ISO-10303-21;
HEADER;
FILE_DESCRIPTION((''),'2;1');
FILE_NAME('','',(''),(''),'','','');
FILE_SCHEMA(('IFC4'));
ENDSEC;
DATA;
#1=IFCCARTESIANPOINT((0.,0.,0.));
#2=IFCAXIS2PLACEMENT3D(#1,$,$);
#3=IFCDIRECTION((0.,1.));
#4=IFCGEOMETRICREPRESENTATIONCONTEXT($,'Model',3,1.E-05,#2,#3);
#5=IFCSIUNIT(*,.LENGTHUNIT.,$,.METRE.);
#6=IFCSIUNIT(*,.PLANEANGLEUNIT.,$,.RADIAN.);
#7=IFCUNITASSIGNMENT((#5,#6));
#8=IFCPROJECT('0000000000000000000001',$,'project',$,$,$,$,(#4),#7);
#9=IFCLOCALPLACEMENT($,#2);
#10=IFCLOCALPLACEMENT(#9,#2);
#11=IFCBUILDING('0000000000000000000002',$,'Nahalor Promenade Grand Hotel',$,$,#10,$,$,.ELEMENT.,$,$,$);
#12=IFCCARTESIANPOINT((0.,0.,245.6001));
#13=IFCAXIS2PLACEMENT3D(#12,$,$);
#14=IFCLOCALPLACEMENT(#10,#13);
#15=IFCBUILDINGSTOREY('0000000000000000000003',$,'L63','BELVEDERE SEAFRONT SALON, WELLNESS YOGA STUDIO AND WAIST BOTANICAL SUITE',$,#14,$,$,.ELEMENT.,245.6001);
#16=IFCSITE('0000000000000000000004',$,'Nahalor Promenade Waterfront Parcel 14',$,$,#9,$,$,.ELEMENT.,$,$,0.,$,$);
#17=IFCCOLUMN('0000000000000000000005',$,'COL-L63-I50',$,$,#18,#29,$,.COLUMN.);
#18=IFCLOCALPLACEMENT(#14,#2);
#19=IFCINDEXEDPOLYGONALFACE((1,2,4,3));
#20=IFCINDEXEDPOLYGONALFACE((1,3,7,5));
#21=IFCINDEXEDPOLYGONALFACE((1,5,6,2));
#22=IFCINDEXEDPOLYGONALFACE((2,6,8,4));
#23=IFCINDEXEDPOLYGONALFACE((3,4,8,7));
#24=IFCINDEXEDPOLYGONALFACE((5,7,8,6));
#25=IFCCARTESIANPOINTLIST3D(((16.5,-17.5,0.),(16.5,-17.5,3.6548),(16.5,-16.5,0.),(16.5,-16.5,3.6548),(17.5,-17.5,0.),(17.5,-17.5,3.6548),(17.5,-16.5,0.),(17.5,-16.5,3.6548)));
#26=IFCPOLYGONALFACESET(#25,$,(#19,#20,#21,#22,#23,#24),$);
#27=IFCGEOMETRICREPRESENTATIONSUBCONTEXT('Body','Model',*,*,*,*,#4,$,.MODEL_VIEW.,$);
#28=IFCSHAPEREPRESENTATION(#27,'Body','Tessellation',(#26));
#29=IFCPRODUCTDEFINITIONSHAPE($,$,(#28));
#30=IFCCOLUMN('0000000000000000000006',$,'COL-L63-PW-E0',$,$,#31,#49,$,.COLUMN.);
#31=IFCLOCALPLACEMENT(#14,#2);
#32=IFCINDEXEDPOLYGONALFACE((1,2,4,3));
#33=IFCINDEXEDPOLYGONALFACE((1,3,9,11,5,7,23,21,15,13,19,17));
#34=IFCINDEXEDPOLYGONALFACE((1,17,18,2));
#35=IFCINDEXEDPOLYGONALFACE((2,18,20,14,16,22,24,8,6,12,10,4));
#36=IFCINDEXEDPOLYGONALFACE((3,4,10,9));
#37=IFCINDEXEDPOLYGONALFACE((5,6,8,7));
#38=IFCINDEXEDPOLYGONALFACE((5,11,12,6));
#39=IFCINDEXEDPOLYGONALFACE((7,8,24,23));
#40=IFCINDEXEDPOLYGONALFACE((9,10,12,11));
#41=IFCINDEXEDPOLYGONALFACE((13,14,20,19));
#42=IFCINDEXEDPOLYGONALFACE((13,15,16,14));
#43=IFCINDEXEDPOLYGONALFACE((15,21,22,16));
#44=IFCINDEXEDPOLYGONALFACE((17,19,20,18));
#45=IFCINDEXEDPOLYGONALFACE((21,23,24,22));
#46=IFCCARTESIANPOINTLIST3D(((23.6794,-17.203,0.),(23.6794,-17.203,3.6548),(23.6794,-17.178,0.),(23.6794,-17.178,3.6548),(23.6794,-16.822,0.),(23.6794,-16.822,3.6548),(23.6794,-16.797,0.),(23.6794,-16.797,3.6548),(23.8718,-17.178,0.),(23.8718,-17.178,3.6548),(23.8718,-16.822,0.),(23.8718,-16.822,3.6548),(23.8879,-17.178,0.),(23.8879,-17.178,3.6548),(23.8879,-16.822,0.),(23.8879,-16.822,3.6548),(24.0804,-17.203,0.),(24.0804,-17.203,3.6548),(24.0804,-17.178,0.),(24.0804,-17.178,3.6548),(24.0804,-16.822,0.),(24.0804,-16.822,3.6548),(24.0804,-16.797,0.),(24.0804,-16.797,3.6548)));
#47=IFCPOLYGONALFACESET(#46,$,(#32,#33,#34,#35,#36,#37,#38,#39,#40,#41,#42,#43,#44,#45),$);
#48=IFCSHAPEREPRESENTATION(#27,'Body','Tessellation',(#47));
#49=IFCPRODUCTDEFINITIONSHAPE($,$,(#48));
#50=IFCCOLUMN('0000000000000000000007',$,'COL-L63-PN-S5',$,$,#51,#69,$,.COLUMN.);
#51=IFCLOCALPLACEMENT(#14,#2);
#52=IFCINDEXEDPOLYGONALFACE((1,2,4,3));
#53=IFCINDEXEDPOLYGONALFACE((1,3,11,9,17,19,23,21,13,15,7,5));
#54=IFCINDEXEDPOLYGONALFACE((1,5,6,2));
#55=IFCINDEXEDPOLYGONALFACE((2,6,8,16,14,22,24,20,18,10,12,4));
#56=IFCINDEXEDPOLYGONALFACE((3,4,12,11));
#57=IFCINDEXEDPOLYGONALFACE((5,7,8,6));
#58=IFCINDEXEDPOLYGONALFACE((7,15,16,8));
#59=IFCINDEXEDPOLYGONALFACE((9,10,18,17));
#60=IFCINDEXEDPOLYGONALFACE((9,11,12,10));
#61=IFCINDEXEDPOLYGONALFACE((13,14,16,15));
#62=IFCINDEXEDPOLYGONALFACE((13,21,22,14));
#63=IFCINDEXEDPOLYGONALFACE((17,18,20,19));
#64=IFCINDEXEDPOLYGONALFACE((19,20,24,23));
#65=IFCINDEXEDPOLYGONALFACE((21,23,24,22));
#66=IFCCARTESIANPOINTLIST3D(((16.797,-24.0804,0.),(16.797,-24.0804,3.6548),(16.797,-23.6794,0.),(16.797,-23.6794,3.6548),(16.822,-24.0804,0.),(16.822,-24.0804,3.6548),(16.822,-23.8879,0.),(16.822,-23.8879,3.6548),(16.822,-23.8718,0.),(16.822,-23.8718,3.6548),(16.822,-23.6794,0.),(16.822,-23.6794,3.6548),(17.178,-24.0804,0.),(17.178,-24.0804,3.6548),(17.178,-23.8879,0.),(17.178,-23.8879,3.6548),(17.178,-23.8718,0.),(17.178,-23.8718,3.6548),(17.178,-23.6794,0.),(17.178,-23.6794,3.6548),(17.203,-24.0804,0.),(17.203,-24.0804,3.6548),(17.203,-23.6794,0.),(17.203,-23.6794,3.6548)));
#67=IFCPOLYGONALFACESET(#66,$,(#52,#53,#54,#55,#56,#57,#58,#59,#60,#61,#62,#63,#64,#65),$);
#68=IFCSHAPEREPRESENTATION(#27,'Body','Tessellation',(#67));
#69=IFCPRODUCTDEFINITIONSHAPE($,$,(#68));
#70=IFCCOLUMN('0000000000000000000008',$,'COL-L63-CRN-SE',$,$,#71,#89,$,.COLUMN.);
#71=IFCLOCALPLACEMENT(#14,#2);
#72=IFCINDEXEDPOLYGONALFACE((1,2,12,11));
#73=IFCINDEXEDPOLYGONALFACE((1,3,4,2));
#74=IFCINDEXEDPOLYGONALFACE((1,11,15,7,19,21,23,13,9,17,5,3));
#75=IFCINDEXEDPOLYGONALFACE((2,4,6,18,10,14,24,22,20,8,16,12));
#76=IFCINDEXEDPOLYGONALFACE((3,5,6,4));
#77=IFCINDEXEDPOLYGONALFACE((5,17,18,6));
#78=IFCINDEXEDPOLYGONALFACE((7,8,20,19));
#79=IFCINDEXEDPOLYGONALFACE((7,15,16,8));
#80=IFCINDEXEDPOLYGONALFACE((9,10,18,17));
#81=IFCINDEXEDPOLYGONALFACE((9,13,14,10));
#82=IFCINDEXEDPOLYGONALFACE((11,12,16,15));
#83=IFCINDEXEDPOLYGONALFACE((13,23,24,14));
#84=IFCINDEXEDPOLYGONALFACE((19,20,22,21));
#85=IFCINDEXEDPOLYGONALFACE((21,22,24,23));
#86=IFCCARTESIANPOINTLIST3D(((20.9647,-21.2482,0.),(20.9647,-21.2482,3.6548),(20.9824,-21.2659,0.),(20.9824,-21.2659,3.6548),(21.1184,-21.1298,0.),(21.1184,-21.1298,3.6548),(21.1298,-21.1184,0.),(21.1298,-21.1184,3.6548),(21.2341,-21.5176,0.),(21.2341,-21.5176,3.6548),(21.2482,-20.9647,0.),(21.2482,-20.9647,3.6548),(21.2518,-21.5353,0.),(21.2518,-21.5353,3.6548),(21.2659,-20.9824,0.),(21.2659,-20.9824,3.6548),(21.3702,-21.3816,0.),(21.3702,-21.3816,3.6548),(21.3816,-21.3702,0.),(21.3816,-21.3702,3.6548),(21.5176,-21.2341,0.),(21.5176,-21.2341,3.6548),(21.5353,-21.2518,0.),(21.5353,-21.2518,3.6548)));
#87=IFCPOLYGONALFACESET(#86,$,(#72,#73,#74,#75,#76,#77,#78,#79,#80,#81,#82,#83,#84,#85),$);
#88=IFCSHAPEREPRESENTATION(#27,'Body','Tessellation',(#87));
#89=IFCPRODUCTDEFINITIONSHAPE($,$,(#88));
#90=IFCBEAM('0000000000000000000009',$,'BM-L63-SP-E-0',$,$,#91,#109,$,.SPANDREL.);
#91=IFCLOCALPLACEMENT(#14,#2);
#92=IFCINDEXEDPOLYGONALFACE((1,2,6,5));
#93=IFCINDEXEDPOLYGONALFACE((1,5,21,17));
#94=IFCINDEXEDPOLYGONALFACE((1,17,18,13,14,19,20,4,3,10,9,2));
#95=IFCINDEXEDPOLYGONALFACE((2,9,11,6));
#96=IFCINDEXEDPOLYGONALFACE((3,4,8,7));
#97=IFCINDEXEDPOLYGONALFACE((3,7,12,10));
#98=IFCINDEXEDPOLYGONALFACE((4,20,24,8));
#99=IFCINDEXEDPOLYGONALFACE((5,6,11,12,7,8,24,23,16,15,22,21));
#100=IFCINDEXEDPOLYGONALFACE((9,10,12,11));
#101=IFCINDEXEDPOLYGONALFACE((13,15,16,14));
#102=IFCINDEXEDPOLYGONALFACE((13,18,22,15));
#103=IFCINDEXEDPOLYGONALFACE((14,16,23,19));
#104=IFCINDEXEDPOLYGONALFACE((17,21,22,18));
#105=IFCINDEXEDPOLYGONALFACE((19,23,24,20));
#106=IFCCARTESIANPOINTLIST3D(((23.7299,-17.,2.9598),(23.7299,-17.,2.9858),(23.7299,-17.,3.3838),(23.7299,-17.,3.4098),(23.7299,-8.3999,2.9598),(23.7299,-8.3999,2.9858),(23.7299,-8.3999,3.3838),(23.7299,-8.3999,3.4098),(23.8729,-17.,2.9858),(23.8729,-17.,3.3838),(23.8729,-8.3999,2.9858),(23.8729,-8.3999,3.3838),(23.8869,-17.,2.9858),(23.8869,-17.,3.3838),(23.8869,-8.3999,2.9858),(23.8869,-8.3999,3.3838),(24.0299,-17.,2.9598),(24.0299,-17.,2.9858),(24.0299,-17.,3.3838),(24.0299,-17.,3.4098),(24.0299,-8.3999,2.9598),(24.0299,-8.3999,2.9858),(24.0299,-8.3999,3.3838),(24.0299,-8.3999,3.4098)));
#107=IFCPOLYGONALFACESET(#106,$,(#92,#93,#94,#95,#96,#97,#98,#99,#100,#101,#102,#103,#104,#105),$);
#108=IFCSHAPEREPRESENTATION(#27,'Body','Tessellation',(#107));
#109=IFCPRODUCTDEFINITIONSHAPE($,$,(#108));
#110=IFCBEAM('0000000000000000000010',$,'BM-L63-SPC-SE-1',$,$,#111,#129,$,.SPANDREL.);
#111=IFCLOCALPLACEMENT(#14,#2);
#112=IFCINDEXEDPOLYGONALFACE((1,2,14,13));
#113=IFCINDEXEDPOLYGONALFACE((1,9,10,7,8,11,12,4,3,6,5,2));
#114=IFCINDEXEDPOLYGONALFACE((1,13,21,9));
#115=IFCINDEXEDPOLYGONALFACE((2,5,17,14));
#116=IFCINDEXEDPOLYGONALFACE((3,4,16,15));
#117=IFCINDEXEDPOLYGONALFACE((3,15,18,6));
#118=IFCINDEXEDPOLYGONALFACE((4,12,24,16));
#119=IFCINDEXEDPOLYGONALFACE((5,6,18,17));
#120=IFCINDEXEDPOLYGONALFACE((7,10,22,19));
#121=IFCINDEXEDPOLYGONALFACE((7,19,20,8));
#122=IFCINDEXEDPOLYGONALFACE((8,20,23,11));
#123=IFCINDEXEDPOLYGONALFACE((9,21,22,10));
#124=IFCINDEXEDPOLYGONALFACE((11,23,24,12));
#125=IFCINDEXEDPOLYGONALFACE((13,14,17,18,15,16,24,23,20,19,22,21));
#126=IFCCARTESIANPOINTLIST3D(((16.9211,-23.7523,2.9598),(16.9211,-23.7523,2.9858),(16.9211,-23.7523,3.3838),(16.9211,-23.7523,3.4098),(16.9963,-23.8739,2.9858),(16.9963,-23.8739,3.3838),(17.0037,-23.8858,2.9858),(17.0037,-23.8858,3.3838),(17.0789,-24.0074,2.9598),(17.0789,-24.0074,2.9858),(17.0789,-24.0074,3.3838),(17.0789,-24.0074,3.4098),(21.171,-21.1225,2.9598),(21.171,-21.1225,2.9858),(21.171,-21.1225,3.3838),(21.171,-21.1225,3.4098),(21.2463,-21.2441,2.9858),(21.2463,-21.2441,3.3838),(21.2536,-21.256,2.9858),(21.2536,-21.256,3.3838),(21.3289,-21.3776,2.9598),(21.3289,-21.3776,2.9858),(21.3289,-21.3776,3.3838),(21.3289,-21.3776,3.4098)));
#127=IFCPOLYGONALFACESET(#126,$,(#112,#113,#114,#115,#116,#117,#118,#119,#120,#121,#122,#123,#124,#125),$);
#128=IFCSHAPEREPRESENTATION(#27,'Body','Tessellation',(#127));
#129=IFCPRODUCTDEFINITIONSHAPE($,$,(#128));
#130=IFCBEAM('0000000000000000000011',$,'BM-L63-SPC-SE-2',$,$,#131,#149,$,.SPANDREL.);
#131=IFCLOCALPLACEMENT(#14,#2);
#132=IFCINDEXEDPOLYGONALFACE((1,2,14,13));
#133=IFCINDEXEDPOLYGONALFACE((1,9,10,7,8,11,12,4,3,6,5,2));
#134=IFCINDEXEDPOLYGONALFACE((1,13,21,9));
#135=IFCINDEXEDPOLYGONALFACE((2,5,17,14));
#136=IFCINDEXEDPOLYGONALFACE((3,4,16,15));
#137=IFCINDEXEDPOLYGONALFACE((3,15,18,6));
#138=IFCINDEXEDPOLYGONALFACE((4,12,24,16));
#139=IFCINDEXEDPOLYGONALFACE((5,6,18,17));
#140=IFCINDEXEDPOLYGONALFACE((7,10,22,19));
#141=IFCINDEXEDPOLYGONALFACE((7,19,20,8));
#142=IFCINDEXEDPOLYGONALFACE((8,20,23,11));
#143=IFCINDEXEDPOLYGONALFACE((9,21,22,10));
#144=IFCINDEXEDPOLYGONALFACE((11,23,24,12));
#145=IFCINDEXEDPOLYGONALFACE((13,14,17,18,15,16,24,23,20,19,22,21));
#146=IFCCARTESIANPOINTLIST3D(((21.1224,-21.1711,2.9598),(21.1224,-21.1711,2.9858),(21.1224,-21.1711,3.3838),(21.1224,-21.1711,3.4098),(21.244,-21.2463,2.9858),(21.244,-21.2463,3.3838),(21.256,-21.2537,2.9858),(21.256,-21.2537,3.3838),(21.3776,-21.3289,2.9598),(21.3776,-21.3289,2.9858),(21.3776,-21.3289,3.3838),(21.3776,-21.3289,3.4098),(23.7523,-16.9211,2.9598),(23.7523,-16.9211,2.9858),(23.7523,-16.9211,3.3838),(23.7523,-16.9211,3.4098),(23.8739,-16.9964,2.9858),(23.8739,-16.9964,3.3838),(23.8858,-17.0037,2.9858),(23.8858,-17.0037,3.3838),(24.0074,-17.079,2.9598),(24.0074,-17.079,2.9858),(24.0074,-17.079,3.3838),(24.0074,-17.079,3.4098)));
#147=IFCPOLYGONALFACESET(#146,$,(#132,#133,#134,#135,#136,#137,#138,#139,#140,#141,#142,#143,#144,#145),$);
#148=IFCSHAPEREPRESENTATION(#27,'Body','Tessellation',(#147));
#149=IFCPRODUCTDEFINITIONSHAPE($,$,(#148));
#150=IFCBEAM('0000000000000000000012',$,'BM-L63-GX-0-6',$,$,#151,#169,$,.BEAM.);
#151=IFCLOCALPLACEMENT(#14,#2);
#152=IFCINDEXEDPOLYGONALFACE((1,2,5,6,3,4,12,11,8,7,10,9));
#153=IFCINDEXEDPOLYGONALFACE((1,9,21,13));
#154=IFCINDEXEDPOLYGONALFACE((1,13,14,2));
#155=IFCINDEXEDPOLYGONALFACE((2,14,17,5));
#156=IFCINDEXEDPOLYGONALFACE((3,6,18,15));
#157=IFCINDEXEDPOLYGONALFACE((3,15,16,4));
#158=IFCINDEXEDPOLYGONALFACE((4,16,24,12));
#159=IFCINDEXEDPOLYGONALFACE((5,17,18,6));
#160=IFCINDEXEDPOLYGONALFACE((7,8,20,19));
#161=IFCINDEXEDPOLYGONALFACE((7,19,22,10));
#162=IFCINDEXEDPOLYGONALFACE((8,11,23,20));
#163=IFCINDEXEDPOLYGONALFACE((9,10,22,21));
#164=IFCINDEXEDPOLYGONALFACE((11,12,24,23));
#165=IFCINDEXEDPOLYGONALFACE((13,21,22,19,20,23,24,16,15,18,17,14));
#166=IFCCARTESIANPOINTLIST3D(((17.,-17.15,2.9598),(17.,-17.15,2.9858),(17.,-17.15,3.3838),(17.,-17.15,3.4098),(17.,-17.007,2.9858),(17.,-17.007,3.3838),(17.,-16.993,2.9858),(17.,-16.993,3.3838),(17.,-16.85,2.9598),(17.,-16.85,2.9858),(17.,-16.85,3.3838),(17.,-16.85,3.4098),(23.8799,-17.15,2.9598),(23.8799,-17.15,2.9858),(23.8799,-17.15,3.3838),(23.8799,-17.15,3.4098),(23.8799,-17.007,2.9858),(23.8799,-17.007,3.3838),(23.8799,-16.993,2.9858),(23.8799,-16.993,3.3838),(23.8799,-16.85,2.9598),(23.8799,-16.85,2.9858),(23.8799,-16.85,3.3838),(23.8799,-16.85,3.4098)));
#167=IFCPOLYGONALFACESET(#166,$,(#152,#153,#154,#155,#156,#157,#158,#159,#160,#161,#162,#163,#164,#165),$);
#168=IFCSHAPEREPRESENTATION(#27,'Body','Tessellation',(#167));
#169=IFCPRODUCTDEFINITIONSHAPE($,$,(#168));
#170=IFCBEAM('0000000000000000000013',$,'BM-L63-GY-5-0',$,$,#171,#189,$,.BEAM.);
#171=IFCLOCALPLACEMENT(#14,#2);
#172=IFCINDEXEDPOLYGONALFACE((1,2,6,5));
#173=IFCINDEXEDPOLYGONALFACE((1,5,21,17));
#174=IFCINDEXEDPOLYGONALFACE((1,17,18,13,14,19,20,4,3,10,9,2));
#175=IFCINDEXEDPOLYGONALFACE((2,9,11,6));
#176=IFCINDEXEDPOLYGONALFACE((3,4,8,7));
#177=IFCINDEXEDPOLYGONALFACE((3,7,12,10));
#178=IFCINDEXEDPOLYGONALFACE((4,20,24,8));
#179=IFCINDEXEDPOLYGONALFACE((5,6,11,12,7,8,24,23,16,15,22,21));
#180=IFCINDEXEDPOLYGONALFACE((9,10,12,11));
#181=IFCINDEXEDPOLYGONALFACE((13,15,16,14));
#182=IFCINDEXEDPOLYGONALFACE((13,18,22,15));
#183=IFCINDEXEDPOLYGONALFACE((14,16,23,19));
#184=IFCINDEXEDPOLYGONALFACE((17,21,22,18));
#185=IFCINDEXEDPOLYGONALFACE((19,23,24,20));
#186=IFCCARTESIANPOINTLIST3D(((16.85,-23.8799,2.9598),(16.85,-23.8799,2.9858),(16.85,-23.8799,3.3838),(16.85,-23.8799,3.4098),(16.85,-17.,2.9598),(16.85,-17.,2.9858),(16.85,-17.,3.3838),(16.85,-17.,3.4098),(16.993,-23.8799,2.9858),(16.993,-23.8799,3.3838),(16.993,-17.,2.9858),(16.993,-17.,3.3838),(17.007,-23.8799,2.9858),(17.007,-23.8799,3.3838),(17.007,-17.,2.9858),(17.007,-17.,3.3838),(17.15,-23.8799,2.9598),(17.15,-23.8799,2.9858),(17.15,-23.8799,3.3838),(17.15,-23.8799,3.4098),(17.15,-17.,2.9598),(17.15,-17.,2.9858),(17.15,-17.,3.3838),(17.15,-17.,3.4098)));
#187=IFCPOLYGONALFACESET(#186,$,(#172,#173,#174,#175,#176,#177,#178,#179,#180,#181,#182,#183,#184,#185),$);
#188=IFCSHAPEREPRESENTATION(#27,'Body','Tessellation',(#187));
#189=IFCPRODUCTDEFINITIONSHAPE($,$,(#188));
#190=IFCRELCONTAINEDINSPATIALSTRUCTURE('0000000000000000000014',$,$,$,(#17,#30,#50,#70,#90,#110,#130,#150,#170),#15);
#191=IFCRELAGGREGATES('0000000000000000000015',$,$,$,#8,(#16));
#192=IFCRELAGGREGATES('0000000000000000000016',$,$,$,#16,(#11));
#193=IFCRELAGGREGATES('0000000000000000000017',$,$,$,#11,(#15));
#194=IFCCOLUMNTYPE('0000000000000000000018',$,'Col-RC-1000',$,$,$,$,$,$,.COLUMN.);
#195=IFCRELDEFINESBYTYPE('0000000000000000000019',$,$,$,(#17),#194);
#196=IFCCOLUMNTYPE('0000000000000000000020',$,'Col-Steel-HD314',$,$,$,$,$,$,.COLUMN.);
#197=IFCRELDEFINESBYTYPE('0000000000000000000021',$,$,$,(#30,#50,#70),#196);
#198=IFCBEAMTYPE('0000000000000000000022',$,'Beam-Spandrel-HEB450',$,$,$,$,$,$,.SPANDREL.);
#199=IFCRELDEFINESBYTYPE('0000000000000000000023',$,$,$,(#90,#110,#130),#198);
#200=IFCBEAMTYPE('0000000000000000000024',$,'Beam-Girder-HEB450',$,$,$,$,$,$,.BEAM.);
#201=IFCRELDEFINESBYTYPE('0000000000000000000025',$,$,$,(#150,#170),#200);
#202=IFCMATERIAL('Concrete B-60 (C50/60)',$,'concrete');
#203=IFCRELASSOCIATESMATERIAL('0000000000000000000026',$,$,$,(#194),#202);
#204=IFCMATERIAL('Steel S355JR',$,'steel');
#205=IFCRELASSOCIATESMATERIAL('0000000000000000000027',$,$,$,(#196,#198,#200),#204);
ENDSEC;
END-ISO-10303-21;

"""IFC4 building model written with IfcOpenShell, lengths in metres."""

from ifc_helpers import new_model, si_unit, direction, frame, origin, origin_2d, place, context, subcontext, project, spatial, rectangle, i_section, extrude, source, transform, mapped, material, material_profile, profile_set, type_object, element, save


model = new_model("IFC4")

# Units and contexts
model_context = context("Model", 3, precision=1e-05, world=origin(), true_north=direction((0.0, 1.0)))
body_context = subcontext(model_context, "Body", "Model", "MODEL_VIEW")
ifc_project = project(units=[si_unit("LENGTHUNIT", "METRE"), si_unit("PLANEANGLEUNIT", "RADIAN")], contexts=[model_context])

# Site, building, storey
site_placement = place(None, origin())
site = spatial("IfcSite", under=ifc_project, at=site_placement, Name="Nahalor Promenade Waterfront Parcel 14", CompositionType="ELEMENT", RefElevation=0.0)
building_placement = place(site_placement, origin())
building = spatial("IfcBuilding", under=site, at=building_placement, Name="Nahalor Promenade Grand Hotel", CompositionType="ELEMENT")
storey_placement = place(building_placement, frame((0.0, 0.0, 245.6001)))
storey = spatial("IfcBuildingStorey", under=building, at=storey_placement, Name="L63", Description="BELVEDERE SEAFRONT SALON, WELLNESS YOGA STUDIO AND WAIST BOTANICAL SUITE", CompositionType="ELEMENT", Elevation=245.6001)

# Columns
ifc_material_1 = material(Name="Concrete B-60 (C50/60)", Category="concrete")
ifc_material_profile_1 = material_profile(ifc_material_1, rectangle(XDim=1.0, YDim=1.0, at=origin_2d()), Name="RC 1000x1000")
ifc_profile_set_1 = profile_set([ifc_material_profile_1], Name="Concrete B-60 (C50/60)")
column_type_1 = type_object("IfcColumnType", Name="Col-RC-1000", PredefinedType="COLUMN", material=ifc_profile_set_1)
shared_shape_1 = source(origin(), body_context, "Body", "SweptSolid", [
    extrude(rectangle(XDim=1.0, YDim=1.0, at=origin_2d()), origin(), (0.0, 0.0, 1.0), 3.6548),
])
column_placement = place(storey_placement, frame((17.0, -17.0, 0.0), z_axis=(0.0, 0.0, 1.0), x_axis=(1.0, 0.0, 0.0)))
element("IfcColumn", 1, at=column_placement, inside=storey, type_object=column_type_1, Name="COL-L63-I50", PredefinedType="COLUMN", context=body_context, shape_type="MappedRepresentation", body=[
    mapped(shared_shape_1, transform((0.0, 0.0, 0.0), scale=1.0)),
])
ifc_material_2 = material(Name="Steel S355JR", Category="steel")
ifc_material_profile_2 = material_profile(ifc_material_2, i_section(OverallWidth=0.401, OverallDepth=0.406, WebThickness=0.0161, FlangeThickness=0.025, at=origin_2d()), Name="HD 400x314")
ifc_profile_set_2 = profile_set([ifc_material_profile_2], Name="Steel S355JR")
column_type_2 = type_object("IfcColumnType", Name="Col-Steel-HD314", PredefinedType="COLUMN", material=ifc_profile_set_2)
shared_shape_2 = source(origin(), body_context, "Body", "SweptSolid", [
    extrude(i_section(OverallWidth=0.401, OverallDepth=0.406, WebThickness=0.0161, FlangeThickness=0.025, at=origin_2d()), origin(), (0.0, 0.0, 1.0), 3.6548),
])
for number, where, z_axis, x_axis, name in (
    (2, (23.8799, -17.0, 0.0), (0.0, 0.0, 1.0), (1.0, 0.0, 0.0), "COL-L63-PW-E0"),
    (3, (17.0, -23.8799, 0.0), (0.0, 0.0, 1.0), (0.0, 1.0, 0.0), "COL-L63-PN-S5"),
    (4, (21.25, -21.25, 0.0), (0.0, 0.0, 1.0), (0.707107, 0.707107, 0.0), "COL-L63-CRN-SE"),
):
    element("IfcColumn", number, at=place(storey_placement, frame(where, z_axis=z_axis, x_axis=x_axis)), inside=storey, type_object=column_type_2, Name=name, PredefinedType="COLUMN", context=body_context, shape_type="MappedRepresentation", body=[
        mapped(shared_shape_2, transform((0.0, 0.0, 0.0), scale=1.0)),
    ])

# Beams
ifc_material_profile_3 = material_profile(ifc_material_2, i_section(OverallWidth=0.3, OverallDepth=0.45, WebThickness=0.014, FlangeThickness=0.026, at=origin_2d()), Name="HEB 450")
ifc_profile_set_3 = profile_set([ifc_material_profile_3], Name="Steel S355JR")
beam_type_1 = type_object("IfcBeamType", Name="Beam-Spandrel-HEB450", PredefinedType="SPANDREL", material=ifc_profile_set_3)
shared_shape_3 = source(origin(), body_context, "Body", "SweptSolid", [
    extrude(i_section(OverallWidth=0.3, OverallDepth=0.45, WebThickness=0.014, FlangeThickness=0.026, at=origin_2d()), origin(), (0.0, 0.0, 1.0), 8.6001),
])
beam_1_placement = place(storey_placement, frame((23.8799, -17.0, 3.1848), z_axis=(0.0, 1.0, 0.0), x_axis=(-1.0, 0.0, 0.0)))
element("IfcBeam", 5, at=beam_1_placement, inside=storey, type_object=beam_type_1, Name="BM-L63-SP-E-0", PredefinedType="SPANDREL", context=body_context, shape_type="MappedRepresentation", body=[
    mapped(shared_shape_3, transform((0.0, 0.0, 0.0), scale=1.0)),
])
shared_shape_4 = source(origin(), body_context, "Body", "SweptSolid", [
    extrude(i_section(OverallWidth=0.3, OverallDepth=0.45, WebThickness=0.014, FlangeThickness=0.026, at=origin_2d()), origin(), (0.0, 0.0, 1.0), 4.9978),
])
for number, where, z_axis, x_axis, name in (
    (6, (17.0, -23.8799, 3.1848), (0.850361, 0.5262, 0.0), (-0.5262, 0.850361, 0.0), "BM-L63-SPC-SE-1"),
    (7, (21.25, -21.25, 3.1848), (0.5262, 0.850361, 0.0), (-0.850361, 0.5262, 0.0), "BM-L63-SPC-SE-2"),
):
    element("IfcBeam", number, at=place(storey_placement, frame(where, z_axis=z_axis, x_axis=x_axis)), inside=storey, type_object=beam_type_1, Name=name, PredefinedType="SPANDREL", context=body_context, shape_type="MappedRepresentation", body=[
        mapped(shared_shape_4, transform((0.0, 0.0, 0.0), scale=1.0)),
    ])
ifc_material_profile_4 = material_profile(ifc_material_2, i_section(OverallWidth=0.3, OverallDepth=0.45, WebThickness=0.014, FlangeThickness=0.026, at=origin_2d()), Name="HEB 450")
ifc_profile_set_4 = profile_set([ifc_material_profile_4], Name="Steel S355JR")
beam_type_2 = type_object("IfcBeamType", Name="Beam-Girder-HEB450", PredefinedType="BEAM", material=ifc_profile_set_4)
shared_shape_5 = source(origin(), body_context, "Body", "SweptSolid", [
    extrude(i_section(OverallWidth=0.3, OverallDepth=0.45, WebThickness=0.014, FlangeThickness=0.026, at=origin_2d()), origin(), (0.0, 0.0, 1.0), 6.8799),
])
for number, where, z_axis, x_axis, name in (
    (8, (17.0, -17.0, 3.1848), (1.0, 0.0, 0.0), (0.0, 1.0, 0.0), "BM-L63-GX-0-6"),
    (9, (17.0, -23.8799, 3.1848), (0.0, 1.0, 0.0), (-1.0, 0.0, 0.0), "BM-L63-GY-5-0"),
):
    element("IfcBeam", number, at=place(storey_placement, frame(where, z_axis=z_axis, x_axis=x_axis)), inside=storey, type_object=beam_type_2, Name=name, PredefinedType="BEAM", context=body_context, shape_type="MappedRepresentation", body=[
        mapped(shared_shape_5, transform((0.0, 0.0, 0.0), scale=1.0)),
    ])

save(model, "model.ifc")
